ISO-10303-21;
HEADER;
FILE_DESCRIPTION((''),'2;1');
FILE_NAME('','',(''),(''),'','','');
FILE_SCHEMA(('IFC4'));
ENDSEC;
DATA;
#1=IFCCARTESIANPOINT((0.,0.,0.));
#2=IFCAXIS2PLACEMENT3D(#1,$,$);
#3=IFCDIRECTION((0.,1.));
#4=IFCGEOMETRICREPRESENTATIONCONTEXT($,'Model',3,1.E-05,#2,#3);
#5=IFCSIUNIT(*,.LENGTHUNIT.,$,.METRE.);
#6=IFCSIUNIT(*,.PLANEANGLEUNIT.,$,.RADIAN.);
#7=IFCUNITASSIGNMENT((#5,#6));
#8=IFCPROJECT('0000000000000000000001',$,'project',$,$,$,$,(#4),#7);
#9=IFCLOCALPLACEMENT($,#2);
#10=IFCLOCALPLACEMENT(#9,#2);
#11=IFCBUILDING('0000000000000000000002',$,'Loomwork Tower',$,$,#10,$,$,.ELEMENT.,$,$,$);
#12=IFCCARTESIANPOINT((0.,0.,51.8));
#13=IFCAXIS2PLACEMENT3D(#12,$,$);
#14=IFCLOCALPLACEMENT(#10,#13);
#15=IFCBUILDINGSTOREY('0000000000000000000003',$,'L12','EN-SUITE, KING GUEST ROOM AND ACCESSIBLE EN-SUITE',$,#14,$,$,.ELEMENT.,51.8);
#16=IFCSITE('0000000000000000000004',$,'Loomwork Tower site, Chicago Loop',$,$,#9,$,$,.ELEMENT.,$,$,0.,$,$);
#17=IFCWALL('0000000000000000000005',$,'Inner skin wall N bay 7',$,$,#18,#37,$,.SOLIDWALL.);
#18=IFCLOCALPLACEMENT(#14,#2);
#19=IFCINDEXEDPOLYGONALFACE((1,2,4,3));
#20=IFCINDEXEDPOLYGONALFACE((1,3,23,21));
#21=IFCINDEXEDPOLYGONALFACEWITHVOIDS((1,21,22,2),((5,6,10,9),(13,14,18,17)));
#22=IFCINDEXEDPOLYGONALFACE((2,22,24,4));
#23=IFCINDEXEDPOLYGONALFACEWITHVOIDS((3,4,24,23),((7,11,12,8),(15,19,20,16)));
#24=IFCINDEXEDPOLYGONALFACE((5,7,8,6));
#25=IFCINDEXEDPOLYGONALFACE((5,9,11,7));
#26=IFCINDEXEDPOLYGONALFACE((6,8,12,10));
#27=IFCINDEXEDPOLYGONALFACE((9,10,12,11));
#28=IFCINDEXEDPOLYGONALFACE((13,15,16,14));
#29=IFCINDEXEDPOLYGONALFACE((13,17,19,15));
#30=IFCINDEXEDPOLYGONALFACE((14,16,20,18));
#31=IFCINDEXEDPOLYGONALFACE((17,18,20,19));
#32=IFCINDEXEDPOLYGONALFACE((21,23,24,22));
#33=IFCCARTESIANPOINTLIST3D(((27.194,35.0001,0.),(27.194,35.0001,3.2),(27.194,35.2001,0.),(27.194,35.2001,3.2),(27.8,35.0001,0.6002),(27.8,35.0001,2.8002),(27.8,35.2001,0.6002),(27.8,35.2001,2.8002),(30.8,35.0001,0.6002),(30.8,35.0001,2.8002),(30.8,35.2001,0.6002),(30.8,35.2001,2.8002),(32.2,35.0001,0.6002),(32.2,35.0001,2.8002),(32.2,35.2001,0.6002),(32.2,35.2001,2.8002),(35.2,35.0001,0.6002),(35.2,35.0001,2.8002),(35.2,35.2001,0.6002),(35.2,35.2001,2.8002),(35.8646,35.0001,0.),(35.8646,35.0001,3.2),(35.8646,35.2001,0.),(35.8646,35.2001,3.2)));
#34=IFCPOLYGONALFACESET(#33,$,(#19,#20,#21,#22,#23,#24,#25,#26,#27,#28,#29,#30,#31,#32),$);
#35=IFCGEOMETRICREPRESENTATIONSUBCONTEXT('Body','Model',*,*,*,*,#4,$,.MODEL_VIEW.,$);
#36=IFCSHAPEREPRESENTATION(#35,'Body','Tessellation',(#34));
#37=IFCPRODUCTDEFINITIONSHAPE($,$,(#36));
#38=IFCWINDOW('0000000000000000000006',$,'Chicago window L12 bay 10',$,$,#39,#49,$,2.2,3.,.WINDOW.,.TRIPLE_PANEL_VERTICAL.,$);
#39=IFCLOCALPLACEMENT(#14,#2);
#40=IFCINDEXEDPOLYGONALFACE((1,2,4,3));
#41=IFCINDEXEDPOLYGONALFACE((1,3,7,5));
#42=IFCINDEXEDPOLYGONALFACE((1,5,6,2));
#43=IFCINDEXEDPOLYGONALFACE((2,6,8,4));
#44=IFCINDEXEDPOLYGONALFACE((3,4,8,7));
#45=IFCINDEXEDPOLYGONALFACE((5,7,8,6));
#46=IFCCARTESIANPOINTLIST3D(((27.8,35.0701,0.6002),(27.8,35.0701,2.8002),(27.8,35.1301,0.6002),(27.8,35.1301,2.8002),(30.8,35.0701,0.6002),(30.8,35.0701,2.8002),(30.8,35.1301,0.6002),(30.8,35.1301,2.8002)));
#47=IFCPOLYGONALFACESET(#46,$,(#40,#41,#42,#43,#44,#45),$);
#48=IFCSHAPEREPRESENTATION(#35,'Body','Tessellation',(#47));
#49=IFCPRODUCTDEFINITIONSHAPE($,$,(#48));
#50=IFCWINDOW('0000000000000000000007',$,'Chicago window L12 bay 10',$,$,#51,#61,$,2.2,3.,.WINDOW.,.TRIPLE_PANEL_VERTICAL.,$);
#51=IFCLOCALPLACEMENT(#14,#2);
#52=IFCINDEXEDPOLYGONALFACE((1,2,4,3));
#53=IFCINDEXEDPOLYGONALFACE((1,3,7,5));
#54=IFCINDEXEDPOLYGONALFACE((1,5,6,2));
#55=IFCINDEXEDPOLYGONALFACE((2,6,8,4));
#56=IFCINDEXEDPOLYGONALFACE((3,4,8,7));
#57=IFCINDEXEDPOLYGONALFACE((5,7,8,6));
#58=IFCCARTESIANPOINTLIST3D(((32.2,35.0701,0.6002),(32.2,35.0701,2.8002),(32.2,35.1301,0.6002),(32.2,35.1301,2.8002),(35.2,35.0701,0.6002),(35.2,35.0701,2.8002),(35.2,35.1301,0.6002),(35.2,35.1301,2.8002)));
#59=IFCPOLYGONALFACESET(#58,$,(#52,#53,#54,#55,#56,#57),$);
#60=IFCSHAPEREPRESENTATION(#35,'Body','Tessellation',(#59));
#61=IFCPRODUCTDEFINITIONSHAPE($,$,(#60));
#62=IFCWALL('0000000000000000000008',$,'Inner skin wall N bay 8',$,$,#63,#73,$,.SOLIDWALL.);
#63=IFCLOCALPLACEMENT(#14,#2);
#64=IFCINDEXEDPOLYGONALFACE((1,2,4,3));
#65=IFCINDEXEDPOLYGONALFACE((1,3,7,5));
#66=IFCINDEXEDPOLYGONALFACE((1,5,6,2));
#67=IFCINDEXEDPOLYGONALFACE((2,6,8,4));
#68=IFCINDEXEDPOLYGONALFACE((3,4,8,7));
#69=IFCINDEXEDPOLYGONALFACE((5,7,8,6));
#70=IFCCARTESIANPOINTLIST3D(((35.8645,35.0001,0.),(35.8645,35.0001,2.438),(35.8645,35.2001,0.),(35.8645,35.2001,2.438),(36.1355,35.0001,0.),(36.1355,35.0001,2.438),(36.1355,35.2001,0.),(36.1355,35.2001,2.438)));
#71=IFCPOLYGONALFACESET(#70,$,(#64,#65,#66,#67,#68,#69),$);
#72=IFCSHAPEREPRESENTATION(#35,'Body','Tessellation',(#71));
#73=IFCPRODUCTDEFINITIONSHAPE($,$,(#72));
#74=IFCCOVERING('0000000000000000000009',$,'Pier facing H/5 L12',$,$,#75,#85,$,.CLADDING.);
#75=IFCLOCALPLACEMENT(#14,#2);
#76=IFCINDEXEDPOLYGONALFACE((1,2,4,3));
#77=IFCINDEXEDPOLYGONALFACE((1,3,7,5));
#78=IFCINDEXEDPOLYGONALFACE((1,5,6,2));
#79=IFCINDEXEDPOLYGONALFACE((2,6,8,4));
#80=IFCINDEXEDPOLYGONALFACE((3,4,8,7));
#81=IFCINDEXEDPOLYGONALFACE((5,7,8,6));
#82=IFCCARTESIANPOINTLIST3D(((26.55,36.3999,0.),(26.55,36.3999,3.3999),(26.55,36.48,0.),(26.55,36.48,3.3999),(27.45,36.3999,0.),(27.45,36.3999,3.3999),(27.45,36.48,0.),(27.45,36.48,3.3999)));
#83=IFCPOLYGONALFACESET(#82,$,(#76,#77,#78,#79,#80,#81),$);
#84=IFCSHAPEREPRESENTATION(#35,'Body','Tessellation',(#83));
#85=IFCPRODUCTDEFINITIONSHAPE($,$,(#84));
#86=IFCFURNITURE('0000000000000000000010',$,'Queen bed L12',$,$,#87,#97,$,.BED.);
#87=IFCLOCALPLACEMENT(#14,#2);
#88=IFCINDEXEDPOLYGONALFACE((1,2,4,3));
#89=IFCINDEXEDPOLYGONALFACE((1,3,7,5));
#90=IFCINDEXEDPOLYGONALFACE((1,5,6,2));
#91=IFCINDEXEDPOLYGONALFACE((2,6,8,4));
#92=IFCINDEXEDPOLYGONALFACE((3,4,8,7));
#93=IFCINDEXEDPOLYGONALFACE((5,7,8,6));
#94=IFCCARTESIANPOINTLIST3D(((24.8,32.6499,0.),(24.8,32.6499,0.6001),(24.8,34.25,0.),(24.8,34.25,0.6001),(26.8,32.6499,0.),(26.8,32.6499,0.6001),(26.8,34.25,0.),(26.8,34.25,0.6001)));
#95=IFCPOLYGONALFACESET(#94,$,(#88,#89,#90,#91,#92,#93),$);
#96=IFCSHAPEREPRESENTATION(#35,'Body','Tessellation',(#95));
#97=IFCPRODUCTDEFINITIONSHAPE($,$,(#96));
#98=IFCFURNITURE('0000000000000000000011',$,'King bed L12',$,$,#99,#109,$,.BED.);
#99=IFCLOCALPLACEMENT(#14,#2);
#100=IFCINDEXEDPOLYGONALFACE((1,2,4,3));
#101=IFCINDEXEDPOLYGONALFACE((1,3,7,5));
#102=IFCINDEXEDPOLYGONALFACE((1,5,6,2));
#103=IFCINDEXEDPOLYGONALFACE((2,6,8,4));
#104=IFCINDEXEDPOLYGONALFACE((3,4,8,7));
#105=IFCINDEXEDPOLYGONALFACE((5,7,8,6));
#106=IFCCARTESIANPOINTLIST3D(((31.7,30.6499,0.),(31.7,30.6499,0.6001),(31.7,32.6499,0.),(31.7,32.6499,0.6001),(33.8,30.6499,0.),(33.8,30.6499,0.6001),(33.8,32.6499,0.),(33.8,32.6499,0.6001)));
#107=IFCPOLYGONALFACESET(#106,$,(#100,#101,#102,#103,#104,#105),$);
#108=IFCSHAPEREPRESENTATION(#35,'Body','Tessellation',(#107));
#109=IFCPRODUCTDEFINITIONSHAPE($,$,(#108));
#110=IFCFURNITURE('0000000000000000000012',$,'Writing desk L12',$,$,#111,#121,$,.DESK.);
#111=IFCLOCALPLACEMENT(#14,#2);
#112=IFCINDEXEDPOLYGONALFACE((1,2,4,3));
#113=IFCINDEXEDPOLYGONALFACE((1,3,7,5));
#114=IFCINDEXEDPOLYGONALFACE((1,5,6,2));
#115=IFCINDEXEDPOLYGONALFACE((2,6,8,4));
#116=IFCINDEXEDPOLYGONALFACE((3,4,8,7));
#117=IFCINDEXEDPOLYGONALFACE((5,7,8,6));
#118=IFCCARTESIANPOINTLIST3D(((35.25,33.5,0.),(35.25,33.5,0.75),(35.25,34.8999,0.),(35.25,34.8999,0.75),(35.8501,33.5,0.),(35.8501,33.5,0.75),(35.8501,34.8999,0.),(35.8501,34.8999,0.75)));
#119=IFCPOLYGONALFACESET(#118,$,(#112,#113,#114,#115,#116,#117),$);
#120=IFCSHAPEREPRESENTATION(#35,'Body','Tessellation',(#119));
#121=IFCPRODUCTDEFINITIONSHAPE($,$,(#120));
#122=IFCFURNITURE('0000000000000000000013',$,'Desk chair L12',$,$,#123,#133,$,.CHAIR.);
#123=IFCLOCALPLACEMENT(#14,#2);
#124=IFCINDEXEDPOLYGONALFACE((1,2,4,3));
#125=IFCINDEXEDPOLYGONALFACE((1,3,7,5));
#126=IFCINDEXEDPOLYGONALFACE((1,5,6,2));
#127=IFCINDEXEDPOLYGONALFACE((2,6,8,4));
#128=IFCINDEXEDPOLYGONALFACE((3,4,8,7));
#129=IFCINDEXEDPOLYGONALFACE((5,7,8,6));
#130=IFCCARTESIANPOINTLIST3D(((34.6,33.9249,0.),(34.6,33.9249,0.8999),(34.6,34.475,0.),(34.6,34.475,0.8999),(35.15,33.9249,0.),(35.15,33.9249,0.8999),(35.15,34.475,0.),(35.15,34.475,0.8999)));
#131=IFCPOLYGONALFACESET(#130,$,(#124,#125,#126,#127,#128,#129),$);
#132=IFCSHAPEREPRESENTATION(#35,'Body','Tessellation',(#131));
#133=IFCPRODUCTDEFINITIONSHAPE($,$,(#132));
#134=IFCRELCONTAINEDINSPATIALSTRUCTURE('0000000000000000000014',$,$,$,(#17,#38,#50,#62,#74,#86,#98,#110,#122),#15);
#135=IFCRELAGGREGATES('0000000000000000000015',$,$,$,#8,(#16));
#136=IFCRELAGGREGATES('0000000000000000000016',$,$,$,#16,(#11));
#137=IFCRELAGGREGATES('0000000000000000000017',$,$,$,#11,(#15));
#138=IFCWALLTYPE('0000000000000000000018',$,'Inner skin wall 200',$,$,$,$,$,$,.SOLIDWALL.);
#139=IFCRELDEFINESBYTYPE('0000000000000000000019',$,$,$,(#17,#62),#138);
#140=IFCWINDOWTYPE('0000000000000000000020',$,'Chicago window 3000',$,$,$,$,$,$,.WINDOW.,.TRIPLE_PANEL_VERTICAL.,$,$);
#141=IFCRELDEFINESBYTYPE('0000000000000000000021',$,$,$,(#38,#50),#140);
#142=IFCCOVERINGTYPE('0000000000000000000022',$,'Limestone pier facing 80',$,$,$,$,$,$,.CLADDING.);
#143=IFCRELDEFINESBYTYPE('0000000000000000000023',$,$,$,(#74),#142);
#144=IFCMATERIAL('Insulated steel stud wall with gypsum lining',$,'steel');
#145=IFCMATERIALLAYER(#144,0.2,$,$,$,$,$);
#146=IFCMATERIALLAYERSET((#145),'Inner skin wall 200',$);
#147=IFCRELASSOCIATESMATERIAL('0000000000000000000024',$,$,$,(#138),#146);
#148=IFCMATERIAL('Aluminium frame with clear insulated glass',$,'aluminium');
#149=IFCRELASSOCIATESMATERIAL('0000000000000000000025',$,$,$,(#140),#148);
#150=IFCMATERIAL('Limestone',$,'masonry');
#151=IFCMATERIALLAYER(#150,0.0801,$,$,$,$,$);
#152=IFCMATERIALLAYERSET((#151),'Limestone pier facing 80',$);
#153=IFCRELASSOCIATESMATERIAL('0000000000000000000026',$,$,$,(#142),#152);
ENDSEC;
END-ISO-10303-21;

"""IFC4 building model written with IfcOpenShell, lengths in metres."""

from ifc_helpers import new_model, si_unit, direction, frame, frame_2d, origin, origin_2d, place, context, subcontext, project, spatial, rectangle, extrude, material, layer, layer_set, type_object, element, fill, save


model = new_model("IFC4")

# Units and contexts
model_context = context("Model", 3, precision=1e-05, world=origin(), true_north=direction((0.0, 1.0)))
body_context = subcontext(model_context, "Body", "Model", "MODEL_VIEW")
ifc_project = project(units=[si_unit("LENGTHUNIT", "METRE"), si_unit("PLANEANGLEUNIT", "RADIAN")], contexts=[model_context])

# Site, building, storey
site_placement = place(None, origin())
site = spatial("IfcSite", under=ifc_project, at=site_placement, Name="Loomwork Tower site, Chicago Loop", CompositionType="ELEMENT", RefElevation=0.0)
building_placement = place(site_placement, origin())
building = spatial("IfcBuilding", under=site, at=building_placement, Name="Loomwork Tower", CompositionType="ELEMENT")
storey_placement = place(building_placement, frame((0.0, 0.0, 51.8)))
storey = spatial("IfcBuildingStorey", under=building, at=storey_placement, Name="L12", Description="EN-SUITE, KING GUEST ROOM AND ACCESSIBLE EN-SUITE", CompositionType="ELEMENT", Elevation=51.8)

# Shared definitions
ifc_material_1 = material(Name="Insulated steel stud wall with gypsum lining", Category="steel")
ifc_layer_1 = layer(ifc_material_1, 0.2)
ifc_layer_set_1 = layer_set([ifc_layer_1], Name="Inner skin wall 200")
wall_type = type_object("IfcWallType", Name="Inner skin wall 200", PredefinedType="SOLIDWALL", material=ifc_layer_set_1)

# Wall, openings, windows
wall_1_placement = place(storey_placement, frame((27.1938, 35.1001, 0.0), z_axis=(0.0, 0.0, 1.0), x_axis=(1.0, 0.0, 0.0)))
wall_1 = element("IfcWall", 1, at=wall_1_placement, inside=storey, type_object=wall_type, Name="Inner skin wall N bay 7", PredefinedType="SOLIDWALL", context=body_context, shape_type="SweptSolid", body=[
    extrude(rectangle(XDim=8.6707, YDim=0.2, at=frame_2d((4.3354, 0.0))), origin(), (0.0, 0.0, 1.0), 3.2),
])
opening_1_placement = place(wall_1_placement, frame((0.6062, 0.0, 0.6001)))
opening_1 = element("IfcOpeningElement", 2, at=opening_1_placement, cuts=wall_1, PredefinedType="OPENING", context=body_context, shape_type="SweptSolid", body=[
    extrude(rectangle(XDim=3.0, YDim=2.2, at=frame_2d((1.5, 1.1001))), frame((0.0, 0.1099, 0.0), z_axis=(0.0, -1.0, 0.0), x_axis=(1.0, 0.0, 0.0)), (0.0, 0.0, 1.0), 0.22),
])
opening_2_placement = place(wall_1_placement, frame((5.0061, 0.0, 0.6001)))
opening_2 = element("IfcOpeningElement", 3, at=opening_2_placement, cuts=wall_1, PredefinedType="OPENING", context=body_context, shape_type="SweptSolid", body=[
    extrude(rectangle(XDim=3.0, YDim=2.2, at=frame_2d((1.5, 1.1001))), frame((0.0, 0.1099, 0.0), z_axis=(0.0, -1.0, 0.0), x_axis=(1.0, 0.0, 0.0)), (0.0, 0.0, 1.0), 0.22),
])
ifc_material_2 = material(Name="Aluminium frame with clear insulated glass", Category="aluminium")
window_type = type_object("IfcWindowType", Name="Chicago window 3000", PartitioningType="TRIPLE_PANEL_VERTICAL", PredefinedType="WINDOW", material=ifc_material_2)
window_1_placement = place(opening_1_placement, origin())
window_1 = element("IfcWindow", 4, at=window_1_placement, inside=storey, type_object=window_type, Name="Chicago window L12 bay 10", OverallHeight=2.2, OverallWidth=3.0, PartitioningType="TRIPLE_PANEL_VERTICAL", PredefinedType="WINDOW", context=body_context, shape_type="SweptSolid", body=[
    extrude(rectangle(XDim=3.0, YDim=2.2, at=frame_2d((1.5, 1.1001))), frame((0.0, 0.03, 0.0), z_axis=(0.0, -1.0, 0.0), x_axis=(1.0, 0.0, 0.0)), (0.0, 0.0, 1.0), 0.0601),
])
fill(opening_1, window_1)
window_2_placement = place(opening_2_placement, origin())
window_2 = element("IfcWindow", 5, at=window_2_placement, inside=storey, type_object=window_type, Name="Chicago window L12 bay 10", OverallHeight=2.2, OverallWidth=3.0, PartitioningType="TRIPLE_PANEL_VERTICAL", PredefinedType="WINDOW", context=body_context, shape_type="SweptSolid", body=[
    extrude(rectangle(XDim=3.0, YDim=2.2, at=frame_2d((1.5, 1.1001))), frame((0.0, 0.03, 0.0), z_axis=(0.0, -1.0, 0.0), x_axis=(1.0, 0.0, 0.0)), (0.0, 0.0, 1.0), 0.0601),
])
fill(opening_2, window_2)

# Wall
wall_2_placement = place(storey_placement, frame((35.8645, 35.1001, 0.0), z_axis=(0.0, 0.0, 1.0), x_axis=(1.0, 0.0, 0.0)))
element("IfcWall", 6, at=wall_2_placement, inside=storey, type_object=wall_type, Name="Inner skin wall N bay 8", PredefinedType="SOLIDWALL", context=body_context, shape_type="SweptSolid", body=[
    extrude(rectangle(XDim=0.271, YDim=0.2, at=frame_2d((0.1355, 0.0))), origin(), (0.0, 0.0, 1.0), 2.438),
])

# Covering
ifc_material_3 = material(Name="Limestone", Category="masonry")
ifc_layer_2 = layer(ifc_material_3, 0.0801)
ifc_layer_set_2 = layer_set([ifc_layer_2], Name="Limestone pier facing 80")
covering_type = type_object("IfcCoveringType", Name="Limestone pier facing 80", PredefinedType="CLADDING", material=ifc_layer_set_2)
covering_placement = place(storey_placement, frame((27.0, 36.4399, 0.0), z_axis=(0.0, 0.0, 1.0), x_axis=(1.0, 0.0, 0.0)))
element("IfcCovering", 7, at=covering_placement, inside=storey, type_object=covering_type, Name="Pier facing H/5 L12", PredefinedType="CLADDING", context=body_context, shape_type="SweptSolid", body=[
    extrude(rectangle(XDim=0.8999, YDim=0.0801, at=origin_2d()), origin(), (0.0, 0.0, 1.0), 3.3999),
])

# Furniture
furniture_1_placement = place(storey_placement, frame((25.8, 33.45, 0.0), z_axis=(0.0, 0.0, 1.0), x_axis=(1.0, 0.0, 0.0)))
element("IfcFurniture", 8, at=furniture_1_placement, inside=storey, Name="Queen bed L12", PredefinedType="BED", context=body_context, shape_type="SweptSolid", body=[
    extrude(rectangle(XDim=2.0, YDim=1.6001, at=origin_2d()), origin(), (0.0, 0.0, 1.0), 0.6001),
])
furniture_2_placement = place(storey_placement, frame((32.75, 31.6499, 0.0), z_axis=(0.0, 0.0, 1.0), x_axis=(1.0, 0.0, 0.0)))
element("IfcFurniture", 9, at=furniture_2_placement, inside=storey, Name="King bed L12", PredefinedType="BED", context=body_context, shape_type="SweptSolid", body=[
    extrude(rectangle(XDim=2.1001, YDim=2.0, at=origin_2d()), origin(), (0.0, 0.0, 1.0), 0.6001),
])
furniture_3_placement = place(storey_placement, frame((35.55, 34.2, 0.0), z_axis=(0.0, 0.0, 1.0), x_axis=(1.0, 0.0, 0.0)))
element("IfcFurniture", 10, at=furniture_3_placement, inside=storey, Name="Writing desk L12", PredefinedType="DESK", context=body_context, shape_type="SweptSolid", body=[
    extrude(rectangle(XDim=0.6001, YDim=1.3999, at=origin_2d()), origin(), (0.0, 0.0, 1.0), 0.75),
])
furniture_4_placement = place(storey_placement, frame((34.875, 34.2, 0.0), z_axis=(0.0, 0.0, 1.0), x_axis=(1.0, 0.0, 0.0)))
element("IfcFurniture", 11, at=furniture_4_placement, inside=storey, Name="Desk chair L12", PredefinedType="CHAIR", context=body_context, shape_type="SweptSolid", body=[
    extrude(rectangle(XDim=0.55, YDim=0.55, at=origin_2d()), origin(), (0.0, 0.0, 1.0), 0.8999),
])

save(model, "model.ifc")
